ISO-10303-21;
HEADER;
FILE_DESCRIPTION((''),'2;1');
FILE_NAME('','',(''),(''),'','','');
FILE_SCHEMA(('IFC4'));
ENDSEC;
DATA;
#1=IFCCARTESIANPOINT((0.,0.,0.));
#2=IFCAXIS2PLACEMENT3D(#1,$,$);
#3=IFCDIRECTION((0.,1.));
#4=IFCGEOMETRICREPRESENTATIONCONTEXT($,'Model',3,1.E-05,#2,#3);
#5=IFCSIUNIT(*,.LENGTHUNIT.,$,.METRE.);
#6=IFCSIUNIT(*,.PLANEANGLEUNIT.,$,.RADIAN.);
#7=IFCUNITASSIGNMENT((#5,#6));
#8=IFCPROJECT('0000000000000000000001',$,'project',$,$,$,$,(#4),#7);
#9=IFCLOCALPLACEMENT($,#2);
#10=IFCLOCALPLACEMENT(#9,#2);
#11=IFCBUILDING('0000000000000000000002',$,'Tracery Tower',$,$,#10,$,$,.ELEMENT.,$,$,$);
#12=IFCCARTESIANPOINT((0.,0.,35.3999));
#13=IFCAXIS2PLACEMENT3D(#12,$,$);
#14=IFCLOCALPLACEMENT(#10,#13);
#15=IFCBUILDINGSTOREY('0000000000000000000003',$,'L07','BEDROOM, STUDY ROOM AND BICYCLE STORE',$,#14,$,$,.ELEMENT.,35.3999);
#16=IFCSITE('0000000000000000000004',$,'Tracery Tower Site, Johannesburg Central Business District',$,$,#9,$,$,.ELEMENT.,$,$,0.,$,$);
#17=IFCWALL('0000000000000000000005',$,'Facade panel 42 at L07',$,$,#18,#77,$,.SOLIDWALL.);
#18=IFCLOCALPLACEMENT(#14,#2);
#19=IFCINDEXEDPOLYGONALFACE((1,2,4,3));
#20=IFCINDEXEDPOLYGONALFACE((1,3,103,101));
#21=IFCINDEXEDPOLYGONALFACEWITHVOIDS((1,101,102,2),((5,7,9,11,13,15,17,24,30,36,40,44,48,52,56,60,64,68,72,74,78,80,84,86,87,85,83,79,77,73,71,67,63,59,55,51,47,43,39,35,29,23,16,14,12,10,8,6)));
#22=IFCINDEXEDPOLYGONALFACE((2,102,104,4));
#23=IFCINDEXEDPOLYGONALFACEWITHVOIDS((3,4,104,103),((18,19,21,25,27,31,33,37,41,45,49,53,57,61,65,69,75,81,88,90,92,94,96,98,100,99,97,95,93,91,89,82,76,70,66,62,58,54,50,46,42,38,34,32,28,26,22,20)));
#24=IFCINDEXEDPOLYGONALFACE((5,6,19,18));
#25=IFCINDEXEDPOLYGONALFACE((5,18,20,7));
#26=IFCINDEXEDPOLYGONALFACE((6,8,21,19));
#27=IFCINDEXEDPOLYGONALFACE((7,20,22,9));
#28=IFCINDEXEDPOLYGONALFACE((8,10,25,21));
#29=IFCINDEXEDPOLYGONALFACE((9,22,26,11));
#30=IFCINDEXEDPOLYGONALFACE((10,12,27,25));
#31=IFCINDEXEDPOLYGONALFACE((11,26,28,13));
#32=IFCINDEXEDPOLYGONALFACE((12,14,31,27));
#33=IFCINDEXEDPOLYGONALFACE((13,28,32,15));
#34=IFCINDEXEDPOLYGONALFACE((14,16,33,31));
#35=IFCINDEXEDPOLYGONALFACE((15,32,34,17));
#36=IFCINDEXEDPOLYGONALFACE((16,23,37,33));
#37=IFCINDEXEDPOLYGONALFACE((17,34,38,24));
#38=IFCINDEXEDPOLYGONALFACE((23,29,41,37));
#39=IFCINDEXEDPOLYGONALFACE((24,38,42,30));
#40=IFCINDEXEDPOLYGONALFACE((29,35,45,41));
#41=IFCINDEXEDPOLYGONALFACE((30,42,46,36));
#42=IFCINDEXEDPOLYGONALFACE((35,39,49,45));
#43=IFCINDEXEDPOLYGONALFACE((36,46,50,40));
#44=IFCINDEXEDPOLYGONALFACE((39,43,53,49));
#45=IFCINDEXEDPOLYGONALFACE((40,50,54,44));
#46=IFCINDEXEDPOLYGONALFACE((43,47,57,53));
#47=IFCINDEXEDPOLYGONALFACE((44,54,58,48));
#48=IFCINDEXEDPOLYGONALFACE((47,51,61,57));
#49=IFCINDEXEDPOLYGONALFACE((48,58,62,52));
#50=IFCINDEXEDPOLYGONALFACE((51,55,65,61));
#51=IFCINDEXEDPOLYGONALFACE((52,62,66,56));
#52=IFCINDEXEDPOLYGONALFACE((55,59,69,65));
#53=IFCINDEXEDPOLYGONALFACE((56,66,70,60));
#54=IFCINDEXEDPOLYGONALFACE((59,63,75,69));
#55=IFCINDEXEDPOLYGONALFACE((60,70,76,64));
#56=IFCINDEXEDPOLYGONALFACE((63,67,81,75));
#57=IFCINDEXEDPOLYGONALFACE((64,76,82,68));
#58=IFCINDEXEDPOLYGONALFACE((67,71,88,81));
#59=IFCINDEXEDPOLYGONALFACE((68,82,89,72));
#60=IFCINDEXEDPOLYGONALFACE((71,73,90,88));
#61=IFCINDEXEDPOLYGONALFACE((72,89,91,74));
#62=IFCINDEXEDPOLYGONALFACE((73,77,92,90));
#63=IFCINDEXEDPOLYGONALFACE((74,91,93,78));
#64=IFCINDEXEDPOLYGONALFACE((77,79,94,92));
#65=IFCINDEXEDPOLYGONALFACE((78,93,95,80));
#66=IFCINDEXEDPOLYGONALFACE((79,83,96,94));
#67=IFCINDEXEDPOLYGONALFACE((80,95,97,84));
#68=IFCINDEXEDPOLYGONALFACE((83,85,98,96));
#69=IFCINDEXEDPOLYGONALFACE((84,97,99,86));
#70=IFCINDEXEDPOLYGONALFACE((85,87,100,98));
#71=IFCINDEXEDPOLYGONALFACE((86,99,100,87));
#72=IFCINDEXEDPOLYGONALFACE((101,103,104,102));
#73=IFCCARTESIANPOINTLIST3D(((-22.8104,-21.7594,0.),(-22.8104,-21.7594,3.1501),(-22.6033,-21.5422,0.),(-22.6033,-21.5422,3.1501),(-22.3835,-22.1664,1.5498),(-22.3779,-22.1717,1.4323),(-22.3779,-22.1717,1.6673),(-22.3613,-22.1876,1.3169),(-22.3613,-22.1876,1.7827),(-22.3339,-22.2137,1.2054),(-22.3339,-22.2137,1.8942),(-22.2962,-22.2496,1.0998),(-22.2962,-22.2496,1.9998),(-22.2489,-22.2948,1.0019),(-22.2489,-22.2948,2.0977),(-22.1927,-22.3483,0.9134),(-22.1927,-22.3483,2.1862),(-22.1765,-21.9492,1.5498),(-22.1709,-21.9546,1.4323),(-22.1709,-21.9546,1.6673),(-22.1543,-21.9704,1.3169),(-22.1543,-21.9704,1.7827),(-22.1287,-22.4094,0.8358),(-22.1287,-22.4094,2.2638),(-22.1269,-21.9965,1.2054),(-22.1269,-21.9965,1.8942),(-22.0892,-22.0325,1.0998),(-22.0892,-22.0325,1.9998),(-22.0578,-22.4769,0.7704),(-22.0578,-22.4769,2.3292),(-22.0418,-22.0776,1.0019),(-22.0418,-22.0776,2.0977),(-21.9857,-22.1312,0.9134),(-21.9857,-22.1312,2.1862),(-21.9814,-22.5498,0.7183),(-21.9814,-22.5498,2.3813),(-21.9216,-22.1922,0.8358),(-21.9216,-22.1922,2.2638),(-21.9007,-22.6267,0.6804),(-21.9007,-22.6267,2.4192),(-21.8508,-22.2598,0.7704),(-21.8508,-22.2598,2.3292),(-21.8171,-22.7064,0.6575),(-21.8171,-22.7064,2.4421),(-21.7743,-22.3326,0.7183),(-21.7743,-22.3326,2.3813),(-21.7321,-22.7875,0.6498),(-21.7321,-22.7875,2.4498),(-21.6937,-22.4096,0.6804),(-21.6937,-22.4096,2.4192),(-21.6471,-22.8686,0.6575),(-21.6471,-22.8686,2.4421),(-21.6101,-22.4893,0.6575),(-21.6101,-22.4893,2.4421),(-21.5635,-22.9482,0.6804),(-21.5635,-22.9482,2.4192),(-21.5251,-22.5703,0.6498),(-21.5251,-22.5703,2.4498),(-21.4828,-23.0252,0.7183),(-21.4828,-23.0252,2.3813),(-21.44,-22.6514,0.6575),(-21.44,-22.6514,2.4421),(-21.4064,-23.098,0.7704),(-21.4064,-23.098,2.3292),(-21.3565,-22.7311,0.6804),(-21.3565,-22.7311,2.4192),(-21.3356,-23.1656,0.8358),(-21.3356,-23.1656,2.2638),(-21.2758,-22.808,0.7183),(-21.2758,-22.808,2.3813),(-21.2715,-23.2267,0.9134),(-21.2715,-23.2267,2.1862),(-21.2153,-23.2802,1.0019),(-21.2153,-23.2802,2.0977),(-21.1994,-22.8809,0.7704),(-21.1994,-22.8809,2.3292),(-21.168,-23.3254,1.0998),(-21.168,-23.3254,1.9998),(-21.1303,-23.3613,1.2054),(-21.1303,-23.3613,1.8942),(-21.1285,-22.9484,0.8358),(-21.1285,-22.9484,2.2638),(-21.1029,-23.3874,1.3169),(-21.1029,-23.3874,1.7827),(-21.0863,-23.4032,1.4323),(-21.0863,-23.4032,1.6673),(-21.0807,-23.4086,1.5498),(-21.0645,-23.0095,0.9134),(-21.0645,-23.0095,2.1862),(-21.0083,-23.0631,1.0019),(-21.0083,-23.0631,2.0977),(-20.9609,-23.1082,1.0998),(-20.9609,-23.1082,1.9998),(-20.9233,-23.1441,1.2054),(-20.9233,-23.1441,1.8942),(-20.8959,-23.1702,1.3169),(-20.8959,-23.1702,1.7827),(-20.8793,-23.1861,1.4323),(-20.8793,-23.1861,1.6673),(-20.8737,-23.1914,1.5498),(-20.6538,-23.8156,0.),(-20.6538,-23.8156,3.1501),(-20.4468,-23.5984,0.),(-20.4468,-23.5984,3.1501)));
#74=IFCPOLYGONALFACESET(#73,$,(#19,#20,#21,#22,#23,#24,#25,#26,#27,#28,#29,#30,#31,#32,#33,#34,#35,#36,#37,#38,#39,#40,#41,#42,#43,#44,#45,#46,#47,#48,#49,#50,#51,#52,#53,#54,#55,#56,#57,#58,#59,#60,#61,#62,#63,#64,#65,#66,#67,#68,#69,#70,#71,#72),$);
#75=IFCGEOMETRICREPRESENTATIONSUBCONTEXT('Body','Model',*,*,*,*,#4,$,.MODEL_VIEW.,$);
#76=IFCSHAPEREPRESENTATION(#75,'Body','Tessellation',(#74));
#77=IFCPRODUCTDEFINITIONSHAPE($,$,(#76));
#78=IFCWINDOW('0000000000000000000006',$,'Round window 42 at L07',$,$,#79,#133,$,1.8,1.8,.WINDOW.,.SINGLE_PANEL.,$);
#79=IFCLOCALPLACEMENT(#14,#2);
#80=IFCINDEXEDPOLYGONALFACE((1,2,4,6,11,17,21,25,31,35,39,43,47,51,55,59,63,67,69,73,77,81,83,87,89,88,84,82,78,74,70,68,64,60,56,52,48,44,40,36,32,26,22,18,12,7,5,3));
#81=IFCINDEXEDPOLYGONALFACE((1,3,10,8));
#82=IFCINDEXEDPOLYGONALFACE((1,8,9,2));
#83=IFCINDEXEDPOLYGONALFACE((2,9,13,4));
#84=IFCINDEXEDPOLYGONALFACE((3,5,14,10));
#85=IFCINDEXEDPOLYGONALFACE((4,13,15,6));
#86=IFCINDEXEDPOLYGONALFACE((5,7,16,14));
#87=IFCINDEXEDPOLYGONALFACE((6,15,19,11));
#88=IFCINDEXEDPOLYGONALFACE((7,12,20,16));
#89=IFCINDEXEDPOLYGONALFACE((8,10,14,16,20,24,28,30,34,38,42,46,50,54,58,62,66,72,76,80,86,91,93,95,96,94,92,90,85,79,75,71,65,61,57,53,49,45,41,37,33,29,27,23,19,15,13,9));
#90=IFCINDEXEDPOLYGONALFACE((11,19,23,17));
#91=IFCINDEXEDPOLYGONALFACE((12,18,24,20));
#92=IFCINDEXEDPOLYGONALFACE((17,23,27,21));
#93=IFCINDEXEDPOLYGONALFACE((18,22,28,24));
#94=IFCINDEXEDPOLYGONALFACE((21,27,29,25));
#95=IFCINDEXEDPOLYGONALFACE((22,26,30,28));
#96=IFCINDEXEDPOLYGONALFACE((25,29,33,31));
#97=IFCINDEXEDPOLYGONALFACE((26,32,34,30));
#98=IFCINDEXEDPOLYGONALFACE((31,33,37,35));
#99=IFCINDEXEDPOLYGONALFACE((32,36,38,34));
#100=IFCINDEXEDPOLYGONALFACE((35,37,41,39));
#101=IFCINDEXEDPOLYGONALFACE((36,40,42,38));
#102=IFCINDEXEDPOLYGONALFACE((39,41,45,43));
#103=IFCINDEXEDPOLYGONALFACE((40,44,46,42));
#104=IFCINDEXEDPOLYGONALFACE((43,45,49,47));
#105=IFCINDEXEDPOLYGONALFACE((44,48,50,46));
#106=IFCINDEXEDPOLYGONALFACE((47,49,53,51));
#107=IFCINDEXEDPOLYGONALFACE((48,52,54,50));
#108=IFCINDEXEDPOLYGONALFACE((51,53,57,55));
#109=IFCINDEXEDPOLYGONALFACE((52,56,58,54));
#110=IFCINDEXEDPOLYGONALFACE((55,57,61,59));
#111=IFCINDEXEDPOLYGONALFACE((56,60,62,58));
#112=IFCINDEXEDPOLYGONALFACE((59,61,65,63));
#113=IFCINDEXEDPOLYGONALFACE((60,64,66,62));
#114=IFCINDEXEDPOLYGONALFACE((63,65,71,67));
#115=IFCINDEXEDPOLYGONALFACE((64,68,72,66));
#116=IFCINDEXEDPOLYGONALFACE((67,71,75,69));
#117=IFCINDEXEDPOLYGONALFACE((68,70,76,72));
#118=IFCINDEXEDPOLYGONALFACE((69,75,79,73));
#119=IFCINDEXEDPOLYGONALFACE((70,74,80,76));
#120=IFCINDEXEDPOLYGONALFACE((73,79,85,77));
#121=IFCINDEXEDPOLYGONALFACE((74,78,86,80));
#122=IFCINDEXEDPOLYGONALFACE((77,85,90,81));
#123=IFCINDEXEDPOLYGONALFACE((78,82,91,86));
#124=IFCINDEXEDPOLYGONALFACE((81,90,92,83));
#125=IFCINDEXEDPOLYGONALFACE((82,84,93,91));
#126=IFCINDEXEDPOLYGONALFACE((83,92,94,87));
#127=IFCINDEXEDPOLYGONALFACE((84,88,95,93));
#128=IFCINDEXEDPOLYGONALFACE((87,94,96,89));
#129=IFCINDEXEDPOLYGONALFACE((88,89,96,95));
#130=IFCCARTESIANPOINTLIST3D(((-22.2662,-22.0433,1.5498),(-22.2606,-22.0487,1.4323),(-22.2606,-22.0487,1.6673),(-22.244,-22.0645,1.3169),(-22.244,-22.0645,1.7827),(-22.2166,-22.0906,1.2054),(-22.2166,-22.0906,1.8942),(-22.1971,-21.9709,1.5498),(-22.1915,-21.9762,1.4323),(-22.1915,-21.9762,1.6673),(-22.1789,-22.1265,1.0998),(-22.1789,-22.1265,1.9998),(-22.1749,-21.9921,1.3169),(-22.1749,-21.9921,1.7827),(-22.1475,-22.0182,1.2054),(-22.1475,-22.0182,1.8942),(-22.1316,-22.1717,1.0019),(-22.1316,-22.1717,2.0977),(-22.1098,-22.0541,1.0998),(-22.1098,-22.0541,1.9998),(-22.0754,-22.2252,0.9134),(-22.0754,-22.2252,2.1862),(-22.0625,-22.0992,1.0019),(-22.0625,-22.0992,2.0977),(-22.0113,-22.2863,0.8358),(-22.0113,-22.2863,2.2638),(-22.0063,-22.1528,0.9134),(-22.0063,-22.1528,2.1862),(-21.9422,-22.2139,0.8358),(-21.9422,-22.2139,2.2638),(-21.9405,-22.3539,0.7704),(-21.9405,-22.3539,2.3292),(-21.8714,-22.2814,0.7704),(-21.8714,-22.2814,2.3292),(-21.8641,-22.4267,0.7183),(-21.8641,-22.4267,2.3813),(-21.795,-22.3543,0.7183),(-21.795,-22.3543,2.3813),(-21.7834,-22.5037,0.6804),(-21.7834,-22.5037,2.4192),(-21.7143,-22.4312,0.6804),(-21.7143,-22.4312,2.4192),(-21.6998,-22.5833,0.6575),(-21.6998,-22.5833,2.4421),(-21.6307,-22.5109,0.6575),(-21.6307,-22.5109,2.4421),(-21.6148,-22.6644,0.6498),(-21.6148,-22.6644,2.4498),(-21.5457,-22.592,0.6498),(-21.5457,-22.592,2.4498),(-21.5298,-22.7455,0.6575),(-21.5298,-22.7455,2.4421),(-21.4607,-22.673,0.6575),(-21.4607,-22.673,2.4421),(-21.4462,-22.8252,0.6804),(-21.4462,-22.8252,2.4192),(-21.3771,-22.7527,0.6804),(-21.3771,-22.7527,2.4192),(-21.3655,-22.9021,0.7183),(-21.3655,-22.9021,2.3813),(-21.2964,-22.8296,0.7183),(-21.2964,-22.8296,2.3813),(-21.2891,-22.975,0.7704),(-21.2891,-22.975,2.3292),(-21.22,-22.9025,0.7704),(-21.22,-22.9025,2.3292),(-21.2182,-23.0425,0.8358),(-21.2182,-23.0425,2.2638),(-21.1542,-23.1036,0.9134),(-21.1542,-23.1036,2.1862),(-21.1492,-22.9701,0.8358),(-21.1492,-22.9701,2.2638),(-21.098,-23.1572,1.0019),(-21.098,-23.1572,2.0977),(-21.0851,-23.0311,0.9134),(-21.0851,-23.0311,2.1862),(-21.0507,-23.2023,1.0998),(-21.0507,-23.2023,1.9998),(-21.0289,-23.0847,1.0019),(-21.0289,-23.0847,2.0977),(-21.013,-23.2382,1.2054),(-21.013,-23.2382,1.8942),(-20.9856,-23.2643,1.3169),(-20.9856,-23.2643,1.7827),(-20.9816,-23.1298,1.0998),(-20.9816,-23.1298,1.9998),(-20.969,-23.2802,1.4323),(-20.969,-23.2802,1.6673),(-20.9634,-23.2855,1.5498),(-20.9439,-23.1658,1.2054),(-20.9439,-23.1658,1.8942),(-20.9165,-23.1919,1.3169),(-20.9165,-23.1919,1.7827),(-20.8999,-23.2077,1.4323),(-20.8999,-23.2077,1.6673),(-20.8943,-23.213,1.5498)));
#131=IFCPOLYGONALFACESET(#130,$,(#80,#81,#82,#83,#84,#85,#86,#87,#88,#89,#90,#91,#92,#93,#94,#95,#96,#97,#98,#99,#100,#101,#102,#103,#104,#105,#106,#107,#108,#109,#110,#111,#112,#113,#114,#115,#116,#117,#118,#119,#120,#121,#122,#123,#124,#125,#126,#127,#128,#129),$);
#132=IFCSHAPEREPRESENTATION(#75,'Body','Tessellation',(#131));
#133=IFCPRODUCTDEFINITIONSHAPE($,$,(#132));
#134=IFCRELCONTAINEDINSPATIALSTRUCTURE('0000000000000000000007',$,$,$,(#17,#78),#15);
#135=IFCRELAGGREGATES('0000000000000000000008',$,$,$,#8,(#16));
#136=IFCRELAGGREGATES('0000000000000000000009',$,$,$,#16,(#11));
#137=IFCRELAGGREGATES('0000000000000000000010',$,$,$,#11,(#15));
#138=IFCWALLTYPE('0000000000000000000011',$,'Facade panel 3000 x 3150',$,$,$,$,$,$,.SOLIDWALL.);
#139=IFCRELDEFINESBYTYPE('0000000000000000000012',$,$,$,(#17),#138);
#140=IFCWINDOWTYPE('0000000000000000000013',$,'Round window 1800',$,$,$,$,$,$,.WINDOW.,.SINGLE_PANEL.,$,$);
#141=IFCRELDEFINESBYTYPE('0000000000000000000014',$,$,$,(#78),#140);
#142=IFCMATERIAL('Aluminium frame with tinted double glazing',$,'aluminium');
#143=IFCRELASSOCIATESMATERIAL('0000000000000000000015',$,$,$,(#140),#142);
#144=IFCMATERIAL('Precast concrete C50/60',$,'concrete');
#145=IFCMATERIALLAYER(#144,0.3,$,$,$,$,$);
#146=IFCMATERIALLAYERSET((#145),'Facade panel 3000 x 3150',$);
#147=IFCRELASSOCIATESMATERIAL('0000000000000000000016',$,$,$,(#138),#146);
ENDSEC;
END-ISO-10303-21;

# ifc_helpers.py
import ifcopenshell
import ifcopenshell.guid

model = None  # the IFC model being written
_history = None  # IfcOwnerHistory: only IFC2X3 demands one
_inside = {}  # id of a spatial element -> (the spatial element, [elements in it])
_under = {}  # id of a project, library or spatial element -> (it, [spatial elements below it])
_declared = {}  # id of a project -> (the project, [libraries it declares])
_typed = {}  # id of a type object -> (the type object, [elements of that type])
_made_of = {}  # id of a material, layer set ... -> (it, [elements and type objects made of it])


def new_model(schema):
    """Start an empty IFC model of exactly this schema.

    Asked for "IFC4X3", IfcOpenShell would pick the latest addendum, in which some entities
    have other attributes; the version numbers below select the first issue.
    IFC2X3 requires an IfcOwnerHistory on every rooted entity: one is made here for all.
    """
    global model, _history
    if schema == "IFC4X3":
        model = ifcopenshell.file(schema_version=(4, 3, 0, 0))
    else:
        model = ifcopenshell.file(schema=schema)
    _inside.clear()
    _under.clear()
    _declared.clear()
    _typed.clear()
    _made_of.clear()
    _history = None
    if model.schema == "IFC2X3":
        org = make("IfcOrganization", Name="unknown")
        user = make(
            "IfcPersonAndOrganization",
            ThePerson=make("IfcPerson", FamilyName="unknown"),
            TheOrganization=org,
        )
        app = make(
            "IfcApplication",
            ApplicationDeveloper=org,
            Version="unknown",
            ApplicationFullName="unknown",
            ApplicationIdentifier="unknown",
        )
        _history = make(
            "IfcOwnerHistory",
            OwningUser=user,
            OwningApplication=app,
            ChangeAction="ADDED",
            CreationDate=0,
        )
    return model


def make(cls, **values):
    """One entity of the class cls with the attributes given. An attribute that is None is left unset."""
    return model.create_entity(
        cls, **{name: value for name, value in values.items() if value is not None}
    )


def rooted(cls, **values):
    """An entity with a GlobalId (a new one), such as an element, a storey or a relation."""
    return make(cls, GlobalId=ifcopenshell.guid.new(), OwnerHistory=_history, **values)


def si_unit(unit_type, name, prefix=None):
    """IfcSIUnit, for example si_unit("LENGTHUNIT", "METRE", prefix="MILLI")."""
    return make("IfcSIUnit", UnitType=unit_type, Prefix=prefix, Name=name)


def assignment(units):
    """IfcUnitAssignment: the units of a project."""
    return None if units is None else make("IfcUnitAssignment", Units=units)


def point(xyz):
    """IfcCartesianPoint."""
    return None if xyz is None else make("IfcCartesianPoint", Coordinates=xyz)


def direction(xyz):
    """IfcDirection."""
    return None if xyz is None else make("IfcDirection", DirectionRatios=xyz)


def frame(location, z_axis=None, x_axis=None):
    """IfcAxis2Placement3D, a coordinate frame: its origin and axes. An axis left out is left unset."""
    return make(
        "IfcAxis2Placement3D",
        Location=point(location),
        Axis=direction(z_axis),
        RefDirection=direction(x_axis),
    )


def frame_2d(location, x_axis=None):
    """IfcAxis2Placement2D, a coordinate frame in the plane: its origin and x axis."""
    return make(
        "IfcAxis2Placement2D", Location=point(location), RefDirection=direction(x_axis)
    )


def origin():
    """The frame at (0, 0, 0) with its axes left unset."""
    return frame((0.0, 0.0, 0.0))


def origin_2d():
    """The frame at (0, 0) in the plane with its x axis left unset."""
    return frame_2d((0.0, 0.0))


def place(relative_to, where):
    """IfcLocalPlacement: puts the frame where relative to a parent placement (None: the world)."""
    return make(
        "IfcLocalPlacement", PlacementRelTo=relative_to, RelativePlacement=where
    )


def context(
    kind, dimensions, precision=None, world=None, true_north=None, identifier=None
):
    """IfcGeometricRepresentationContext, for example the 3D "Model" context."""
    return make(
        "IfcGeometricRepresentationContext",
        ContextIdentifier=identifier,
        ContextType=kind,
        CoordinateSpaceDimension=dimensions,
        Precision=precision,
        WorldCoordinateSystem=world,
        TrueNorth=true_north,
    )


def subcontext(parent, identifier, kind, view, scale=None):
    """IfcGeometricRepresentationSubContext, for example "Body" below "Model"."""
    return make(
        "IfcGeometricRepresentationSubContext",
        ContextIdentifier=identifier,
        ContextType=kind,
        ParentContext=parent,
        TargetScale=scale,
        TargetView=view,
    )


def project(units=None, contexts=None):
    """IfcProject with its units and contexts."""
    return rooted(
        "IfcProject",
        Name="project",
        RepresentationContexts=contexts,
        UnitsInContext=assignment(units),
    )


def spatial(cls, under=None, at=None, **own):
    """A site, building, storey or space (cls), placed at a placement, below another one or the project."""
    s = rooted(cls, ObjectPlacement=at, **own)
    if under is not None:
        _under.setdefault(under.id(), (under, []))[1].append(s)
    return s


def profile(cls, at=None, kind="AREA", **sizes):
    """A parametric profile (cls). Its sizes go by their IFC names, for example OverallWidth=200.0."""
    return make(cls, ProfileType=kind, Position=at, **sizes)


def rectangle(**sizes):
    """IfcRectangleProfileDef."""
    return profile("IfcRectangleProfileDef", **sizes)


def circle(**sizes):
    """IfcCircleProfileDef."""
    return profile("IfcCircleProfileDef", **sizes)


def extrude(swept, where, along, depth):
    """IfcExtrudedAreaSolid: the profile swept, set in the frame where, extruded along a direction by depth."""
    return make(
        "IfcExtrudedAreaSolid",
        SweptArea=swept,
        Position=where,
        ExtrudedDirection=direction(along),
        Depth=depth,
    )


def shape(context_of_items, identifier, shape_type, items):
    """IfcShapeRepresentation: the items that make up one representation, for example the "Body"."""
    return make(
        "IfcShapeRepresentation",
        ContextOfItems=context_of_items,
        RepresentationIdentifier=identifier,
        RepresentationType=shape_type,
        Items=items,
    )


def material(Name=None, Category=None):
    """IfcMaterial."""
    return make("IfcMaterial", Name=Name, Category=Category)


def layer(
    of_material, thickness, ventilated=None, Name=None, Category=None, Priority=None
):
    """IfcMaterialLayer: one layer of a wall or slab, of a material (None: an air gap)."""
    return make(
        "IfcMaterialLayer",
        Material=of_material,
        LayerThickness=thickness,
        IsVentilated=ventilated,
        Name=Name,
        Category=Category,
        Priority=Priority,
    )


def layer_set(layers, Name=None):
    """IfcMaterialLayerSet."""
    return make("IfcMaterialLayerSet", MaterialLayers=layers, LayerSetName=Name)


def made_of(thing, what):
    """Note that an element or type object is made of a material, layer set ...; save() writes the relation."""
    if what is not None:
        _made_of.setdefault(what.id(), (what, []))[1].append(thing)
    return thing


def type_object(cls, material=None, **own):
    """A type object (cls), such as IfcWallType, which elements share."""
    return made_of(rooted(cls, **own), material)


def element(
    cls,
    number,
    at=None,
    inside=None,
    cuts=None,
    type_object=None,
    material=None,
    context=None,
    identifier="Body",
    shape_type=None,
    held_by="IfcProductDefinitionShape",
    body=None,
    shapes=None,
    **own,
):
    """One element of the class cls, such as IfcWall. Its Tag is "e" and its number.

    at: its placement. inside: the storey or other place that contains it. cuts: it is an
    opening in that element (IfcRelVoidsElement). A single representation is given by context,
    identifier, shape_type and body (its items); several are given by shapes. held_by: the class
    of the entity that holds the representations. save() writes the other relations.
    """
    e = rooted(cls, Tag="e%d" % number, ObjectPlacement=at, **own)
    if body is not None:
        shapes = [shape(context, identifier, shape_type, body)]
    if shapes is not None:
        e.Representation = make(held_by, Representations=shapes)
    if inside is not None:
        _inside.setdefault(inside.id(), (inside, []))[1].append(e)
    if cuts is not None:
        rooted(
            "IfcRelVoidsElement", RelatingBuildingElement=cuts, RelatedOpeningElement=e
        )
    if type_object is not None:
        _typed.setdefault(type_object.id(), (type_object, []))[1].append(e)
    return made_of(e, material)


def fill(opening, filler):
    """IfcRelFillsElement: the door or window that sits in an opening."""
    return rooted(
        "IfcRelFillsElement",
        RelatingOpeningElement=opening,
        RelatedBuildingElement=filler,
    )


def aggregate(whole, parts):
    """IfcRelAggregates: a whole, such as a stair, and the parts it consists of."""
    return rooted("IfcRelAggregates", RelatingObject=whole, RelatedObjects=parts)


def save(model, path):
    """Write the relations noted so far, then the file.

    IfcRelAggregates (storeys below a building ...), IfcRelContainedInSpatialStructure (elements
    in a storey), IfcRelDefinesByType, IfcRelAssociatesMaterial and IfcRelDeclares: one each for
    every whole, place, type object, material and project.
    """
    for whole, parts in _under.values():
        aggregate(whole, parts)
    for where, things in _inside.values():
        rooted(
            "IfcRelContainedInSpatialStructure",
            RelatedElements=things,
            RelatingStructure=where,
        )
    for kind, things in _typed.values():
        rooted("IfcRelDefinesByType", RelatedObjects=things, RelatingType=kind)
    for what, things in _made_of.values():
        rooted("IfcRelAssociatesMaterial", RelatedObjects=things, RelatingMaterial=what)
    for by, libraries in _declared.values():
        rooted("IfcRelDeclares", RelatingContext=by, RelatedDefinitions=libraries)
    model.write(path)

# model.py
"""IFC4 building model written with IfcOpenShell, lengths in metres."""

from ifc_helpers import new_model, si_unit, direction, frame, frame_2d, origin, origin_2d, place, context, subcontext, project, spatial, rectangle, circle, extrude, material, layer, layer_set, type_object, element, fill, save


model = new_model("IFC4")

# Units and contexts
model_context = context("Model", 3, precision=1e-05, world=origin(), true_north=direction((0.0, 1.0)))
body_context = subcontext(model_context, "Body", "Model", "MODEL_VIEW")
ifc_project = project(units=[si_unit("LENGTHUNIT", "METRE"), si_unit("PLANEANGLEUNIT", "RADIAN")], contexts=[model_context])

# Site, building, storey
site_placement = place(None, origin())
site = spatial("IfcSite", under=ifc_project, at=site_placement, Name="Tracery Tower Site, Johannesburg Central Business District", CompositionType="ELEMENT", RefElevation=0.0)
building_placement = place(site_placement, origin())
building = spatial("IfcBuilding", under=site, at=building_placement, Name="Tracery Tower", CompositionType="ELEMENT")
storey_placement = place(building_placement, frame((0.0, 0.0, 35.3999)))
storey = spatial("IfcBuildingStorey", under=building, at=storey_placement, Name="L07", Description="BEDROOM, STUDY ROOM AND BICYCLE STORE", CompositionType="ELEMENT", Elevation=35.3999)

# Wall, opening, window
ifc_material_1 = material(Name="Aluminium frame with tinted double glazing", Category="aluminium")
window_type = type_object("IfcWindowType", Name="Round window 1800", PartitioningType="SINGLE_PANEL", PredefinedType="WINDOW", material=ifc_material_1)
ifc_material_2 = material(Name="Precast concrete C50/60", Category="concrete")
ifc_layer_1 = layer(ifc_material_2, 0.3)
ifc_layer_set_1 = layer_set([ifc_layer_1], Name="Facade panel 3000 x 3150")
wall_type_1 = type_object("IfcWallType", Name="Facade panel 3000 x 3150", PredefinedType="SOLIDWALL", material=ifc_layer_set_1)
wall_1_placement = place(storey_placement, frame((-22.7068, -21.6509, 0.0), z_axis=(0.0, 0.0, 1.0), x_axis=(0.723744, -0.690068, 0.0)))
wall_1 = element("IfcWall", 1, at=wall_1_placement, inside=storey, type_object=wall_type_1, Name="Facade panel 42 at L07", PredefinedType="SOLIDWALL", context=body_context, shape_type="SweptSolid", body=[
    extrude(rectangle(XDim=2.9797, YDim=0.3, at=frame_2d((1.4897, 0.0))), origin(), (0.0, 0.0, 1.0), 3.1501),
])
opening_1_placement = place(wall_1_placement, frame((1.4897, 0.0, 1.5498)))
opening_1 = element("IfcOpeningElement", 2, at=opening_1_placement, cuts=wall_1, PredefinedType="OPENING", context=body_context, shape_type="SweptSolid", body=[
    extrude(circle(Radius=0.9, at=origin_2d()), frame((0.0, 0.1599, 0.0), z_axis=(0.0, -1.0, 0.0), x_axis=(1.0, 0.0, 0.0)), (0.0, 0.0, 1.0), 0.3201),
])
window_1_placement = place(opening_1_placement, origin())
window_1 = element("IfcWindow", 3, at=window_1_placement, inside=storey, type_object=window_type, Name="Round window 42 at L07", OverallHeight=1.8, OverallWidth=1.8, PartitioningType="SINGLE_PANEL", PredefinedType="WINDOW", context=body_context, shape_type="SweptSolid", body=[
    extrude(circle(Radius=0.9, at=origin_2d()), frame((0.0, 0.1201, 0.0), z_axis=(0.0, -1.0, 0.0), x_axis=(1.0, 0.0, 0.0)), (0.0, 0.0, 1.0), 0.1001),
])
fill(opening_1, window_1)

save(model, "model.ifc")
